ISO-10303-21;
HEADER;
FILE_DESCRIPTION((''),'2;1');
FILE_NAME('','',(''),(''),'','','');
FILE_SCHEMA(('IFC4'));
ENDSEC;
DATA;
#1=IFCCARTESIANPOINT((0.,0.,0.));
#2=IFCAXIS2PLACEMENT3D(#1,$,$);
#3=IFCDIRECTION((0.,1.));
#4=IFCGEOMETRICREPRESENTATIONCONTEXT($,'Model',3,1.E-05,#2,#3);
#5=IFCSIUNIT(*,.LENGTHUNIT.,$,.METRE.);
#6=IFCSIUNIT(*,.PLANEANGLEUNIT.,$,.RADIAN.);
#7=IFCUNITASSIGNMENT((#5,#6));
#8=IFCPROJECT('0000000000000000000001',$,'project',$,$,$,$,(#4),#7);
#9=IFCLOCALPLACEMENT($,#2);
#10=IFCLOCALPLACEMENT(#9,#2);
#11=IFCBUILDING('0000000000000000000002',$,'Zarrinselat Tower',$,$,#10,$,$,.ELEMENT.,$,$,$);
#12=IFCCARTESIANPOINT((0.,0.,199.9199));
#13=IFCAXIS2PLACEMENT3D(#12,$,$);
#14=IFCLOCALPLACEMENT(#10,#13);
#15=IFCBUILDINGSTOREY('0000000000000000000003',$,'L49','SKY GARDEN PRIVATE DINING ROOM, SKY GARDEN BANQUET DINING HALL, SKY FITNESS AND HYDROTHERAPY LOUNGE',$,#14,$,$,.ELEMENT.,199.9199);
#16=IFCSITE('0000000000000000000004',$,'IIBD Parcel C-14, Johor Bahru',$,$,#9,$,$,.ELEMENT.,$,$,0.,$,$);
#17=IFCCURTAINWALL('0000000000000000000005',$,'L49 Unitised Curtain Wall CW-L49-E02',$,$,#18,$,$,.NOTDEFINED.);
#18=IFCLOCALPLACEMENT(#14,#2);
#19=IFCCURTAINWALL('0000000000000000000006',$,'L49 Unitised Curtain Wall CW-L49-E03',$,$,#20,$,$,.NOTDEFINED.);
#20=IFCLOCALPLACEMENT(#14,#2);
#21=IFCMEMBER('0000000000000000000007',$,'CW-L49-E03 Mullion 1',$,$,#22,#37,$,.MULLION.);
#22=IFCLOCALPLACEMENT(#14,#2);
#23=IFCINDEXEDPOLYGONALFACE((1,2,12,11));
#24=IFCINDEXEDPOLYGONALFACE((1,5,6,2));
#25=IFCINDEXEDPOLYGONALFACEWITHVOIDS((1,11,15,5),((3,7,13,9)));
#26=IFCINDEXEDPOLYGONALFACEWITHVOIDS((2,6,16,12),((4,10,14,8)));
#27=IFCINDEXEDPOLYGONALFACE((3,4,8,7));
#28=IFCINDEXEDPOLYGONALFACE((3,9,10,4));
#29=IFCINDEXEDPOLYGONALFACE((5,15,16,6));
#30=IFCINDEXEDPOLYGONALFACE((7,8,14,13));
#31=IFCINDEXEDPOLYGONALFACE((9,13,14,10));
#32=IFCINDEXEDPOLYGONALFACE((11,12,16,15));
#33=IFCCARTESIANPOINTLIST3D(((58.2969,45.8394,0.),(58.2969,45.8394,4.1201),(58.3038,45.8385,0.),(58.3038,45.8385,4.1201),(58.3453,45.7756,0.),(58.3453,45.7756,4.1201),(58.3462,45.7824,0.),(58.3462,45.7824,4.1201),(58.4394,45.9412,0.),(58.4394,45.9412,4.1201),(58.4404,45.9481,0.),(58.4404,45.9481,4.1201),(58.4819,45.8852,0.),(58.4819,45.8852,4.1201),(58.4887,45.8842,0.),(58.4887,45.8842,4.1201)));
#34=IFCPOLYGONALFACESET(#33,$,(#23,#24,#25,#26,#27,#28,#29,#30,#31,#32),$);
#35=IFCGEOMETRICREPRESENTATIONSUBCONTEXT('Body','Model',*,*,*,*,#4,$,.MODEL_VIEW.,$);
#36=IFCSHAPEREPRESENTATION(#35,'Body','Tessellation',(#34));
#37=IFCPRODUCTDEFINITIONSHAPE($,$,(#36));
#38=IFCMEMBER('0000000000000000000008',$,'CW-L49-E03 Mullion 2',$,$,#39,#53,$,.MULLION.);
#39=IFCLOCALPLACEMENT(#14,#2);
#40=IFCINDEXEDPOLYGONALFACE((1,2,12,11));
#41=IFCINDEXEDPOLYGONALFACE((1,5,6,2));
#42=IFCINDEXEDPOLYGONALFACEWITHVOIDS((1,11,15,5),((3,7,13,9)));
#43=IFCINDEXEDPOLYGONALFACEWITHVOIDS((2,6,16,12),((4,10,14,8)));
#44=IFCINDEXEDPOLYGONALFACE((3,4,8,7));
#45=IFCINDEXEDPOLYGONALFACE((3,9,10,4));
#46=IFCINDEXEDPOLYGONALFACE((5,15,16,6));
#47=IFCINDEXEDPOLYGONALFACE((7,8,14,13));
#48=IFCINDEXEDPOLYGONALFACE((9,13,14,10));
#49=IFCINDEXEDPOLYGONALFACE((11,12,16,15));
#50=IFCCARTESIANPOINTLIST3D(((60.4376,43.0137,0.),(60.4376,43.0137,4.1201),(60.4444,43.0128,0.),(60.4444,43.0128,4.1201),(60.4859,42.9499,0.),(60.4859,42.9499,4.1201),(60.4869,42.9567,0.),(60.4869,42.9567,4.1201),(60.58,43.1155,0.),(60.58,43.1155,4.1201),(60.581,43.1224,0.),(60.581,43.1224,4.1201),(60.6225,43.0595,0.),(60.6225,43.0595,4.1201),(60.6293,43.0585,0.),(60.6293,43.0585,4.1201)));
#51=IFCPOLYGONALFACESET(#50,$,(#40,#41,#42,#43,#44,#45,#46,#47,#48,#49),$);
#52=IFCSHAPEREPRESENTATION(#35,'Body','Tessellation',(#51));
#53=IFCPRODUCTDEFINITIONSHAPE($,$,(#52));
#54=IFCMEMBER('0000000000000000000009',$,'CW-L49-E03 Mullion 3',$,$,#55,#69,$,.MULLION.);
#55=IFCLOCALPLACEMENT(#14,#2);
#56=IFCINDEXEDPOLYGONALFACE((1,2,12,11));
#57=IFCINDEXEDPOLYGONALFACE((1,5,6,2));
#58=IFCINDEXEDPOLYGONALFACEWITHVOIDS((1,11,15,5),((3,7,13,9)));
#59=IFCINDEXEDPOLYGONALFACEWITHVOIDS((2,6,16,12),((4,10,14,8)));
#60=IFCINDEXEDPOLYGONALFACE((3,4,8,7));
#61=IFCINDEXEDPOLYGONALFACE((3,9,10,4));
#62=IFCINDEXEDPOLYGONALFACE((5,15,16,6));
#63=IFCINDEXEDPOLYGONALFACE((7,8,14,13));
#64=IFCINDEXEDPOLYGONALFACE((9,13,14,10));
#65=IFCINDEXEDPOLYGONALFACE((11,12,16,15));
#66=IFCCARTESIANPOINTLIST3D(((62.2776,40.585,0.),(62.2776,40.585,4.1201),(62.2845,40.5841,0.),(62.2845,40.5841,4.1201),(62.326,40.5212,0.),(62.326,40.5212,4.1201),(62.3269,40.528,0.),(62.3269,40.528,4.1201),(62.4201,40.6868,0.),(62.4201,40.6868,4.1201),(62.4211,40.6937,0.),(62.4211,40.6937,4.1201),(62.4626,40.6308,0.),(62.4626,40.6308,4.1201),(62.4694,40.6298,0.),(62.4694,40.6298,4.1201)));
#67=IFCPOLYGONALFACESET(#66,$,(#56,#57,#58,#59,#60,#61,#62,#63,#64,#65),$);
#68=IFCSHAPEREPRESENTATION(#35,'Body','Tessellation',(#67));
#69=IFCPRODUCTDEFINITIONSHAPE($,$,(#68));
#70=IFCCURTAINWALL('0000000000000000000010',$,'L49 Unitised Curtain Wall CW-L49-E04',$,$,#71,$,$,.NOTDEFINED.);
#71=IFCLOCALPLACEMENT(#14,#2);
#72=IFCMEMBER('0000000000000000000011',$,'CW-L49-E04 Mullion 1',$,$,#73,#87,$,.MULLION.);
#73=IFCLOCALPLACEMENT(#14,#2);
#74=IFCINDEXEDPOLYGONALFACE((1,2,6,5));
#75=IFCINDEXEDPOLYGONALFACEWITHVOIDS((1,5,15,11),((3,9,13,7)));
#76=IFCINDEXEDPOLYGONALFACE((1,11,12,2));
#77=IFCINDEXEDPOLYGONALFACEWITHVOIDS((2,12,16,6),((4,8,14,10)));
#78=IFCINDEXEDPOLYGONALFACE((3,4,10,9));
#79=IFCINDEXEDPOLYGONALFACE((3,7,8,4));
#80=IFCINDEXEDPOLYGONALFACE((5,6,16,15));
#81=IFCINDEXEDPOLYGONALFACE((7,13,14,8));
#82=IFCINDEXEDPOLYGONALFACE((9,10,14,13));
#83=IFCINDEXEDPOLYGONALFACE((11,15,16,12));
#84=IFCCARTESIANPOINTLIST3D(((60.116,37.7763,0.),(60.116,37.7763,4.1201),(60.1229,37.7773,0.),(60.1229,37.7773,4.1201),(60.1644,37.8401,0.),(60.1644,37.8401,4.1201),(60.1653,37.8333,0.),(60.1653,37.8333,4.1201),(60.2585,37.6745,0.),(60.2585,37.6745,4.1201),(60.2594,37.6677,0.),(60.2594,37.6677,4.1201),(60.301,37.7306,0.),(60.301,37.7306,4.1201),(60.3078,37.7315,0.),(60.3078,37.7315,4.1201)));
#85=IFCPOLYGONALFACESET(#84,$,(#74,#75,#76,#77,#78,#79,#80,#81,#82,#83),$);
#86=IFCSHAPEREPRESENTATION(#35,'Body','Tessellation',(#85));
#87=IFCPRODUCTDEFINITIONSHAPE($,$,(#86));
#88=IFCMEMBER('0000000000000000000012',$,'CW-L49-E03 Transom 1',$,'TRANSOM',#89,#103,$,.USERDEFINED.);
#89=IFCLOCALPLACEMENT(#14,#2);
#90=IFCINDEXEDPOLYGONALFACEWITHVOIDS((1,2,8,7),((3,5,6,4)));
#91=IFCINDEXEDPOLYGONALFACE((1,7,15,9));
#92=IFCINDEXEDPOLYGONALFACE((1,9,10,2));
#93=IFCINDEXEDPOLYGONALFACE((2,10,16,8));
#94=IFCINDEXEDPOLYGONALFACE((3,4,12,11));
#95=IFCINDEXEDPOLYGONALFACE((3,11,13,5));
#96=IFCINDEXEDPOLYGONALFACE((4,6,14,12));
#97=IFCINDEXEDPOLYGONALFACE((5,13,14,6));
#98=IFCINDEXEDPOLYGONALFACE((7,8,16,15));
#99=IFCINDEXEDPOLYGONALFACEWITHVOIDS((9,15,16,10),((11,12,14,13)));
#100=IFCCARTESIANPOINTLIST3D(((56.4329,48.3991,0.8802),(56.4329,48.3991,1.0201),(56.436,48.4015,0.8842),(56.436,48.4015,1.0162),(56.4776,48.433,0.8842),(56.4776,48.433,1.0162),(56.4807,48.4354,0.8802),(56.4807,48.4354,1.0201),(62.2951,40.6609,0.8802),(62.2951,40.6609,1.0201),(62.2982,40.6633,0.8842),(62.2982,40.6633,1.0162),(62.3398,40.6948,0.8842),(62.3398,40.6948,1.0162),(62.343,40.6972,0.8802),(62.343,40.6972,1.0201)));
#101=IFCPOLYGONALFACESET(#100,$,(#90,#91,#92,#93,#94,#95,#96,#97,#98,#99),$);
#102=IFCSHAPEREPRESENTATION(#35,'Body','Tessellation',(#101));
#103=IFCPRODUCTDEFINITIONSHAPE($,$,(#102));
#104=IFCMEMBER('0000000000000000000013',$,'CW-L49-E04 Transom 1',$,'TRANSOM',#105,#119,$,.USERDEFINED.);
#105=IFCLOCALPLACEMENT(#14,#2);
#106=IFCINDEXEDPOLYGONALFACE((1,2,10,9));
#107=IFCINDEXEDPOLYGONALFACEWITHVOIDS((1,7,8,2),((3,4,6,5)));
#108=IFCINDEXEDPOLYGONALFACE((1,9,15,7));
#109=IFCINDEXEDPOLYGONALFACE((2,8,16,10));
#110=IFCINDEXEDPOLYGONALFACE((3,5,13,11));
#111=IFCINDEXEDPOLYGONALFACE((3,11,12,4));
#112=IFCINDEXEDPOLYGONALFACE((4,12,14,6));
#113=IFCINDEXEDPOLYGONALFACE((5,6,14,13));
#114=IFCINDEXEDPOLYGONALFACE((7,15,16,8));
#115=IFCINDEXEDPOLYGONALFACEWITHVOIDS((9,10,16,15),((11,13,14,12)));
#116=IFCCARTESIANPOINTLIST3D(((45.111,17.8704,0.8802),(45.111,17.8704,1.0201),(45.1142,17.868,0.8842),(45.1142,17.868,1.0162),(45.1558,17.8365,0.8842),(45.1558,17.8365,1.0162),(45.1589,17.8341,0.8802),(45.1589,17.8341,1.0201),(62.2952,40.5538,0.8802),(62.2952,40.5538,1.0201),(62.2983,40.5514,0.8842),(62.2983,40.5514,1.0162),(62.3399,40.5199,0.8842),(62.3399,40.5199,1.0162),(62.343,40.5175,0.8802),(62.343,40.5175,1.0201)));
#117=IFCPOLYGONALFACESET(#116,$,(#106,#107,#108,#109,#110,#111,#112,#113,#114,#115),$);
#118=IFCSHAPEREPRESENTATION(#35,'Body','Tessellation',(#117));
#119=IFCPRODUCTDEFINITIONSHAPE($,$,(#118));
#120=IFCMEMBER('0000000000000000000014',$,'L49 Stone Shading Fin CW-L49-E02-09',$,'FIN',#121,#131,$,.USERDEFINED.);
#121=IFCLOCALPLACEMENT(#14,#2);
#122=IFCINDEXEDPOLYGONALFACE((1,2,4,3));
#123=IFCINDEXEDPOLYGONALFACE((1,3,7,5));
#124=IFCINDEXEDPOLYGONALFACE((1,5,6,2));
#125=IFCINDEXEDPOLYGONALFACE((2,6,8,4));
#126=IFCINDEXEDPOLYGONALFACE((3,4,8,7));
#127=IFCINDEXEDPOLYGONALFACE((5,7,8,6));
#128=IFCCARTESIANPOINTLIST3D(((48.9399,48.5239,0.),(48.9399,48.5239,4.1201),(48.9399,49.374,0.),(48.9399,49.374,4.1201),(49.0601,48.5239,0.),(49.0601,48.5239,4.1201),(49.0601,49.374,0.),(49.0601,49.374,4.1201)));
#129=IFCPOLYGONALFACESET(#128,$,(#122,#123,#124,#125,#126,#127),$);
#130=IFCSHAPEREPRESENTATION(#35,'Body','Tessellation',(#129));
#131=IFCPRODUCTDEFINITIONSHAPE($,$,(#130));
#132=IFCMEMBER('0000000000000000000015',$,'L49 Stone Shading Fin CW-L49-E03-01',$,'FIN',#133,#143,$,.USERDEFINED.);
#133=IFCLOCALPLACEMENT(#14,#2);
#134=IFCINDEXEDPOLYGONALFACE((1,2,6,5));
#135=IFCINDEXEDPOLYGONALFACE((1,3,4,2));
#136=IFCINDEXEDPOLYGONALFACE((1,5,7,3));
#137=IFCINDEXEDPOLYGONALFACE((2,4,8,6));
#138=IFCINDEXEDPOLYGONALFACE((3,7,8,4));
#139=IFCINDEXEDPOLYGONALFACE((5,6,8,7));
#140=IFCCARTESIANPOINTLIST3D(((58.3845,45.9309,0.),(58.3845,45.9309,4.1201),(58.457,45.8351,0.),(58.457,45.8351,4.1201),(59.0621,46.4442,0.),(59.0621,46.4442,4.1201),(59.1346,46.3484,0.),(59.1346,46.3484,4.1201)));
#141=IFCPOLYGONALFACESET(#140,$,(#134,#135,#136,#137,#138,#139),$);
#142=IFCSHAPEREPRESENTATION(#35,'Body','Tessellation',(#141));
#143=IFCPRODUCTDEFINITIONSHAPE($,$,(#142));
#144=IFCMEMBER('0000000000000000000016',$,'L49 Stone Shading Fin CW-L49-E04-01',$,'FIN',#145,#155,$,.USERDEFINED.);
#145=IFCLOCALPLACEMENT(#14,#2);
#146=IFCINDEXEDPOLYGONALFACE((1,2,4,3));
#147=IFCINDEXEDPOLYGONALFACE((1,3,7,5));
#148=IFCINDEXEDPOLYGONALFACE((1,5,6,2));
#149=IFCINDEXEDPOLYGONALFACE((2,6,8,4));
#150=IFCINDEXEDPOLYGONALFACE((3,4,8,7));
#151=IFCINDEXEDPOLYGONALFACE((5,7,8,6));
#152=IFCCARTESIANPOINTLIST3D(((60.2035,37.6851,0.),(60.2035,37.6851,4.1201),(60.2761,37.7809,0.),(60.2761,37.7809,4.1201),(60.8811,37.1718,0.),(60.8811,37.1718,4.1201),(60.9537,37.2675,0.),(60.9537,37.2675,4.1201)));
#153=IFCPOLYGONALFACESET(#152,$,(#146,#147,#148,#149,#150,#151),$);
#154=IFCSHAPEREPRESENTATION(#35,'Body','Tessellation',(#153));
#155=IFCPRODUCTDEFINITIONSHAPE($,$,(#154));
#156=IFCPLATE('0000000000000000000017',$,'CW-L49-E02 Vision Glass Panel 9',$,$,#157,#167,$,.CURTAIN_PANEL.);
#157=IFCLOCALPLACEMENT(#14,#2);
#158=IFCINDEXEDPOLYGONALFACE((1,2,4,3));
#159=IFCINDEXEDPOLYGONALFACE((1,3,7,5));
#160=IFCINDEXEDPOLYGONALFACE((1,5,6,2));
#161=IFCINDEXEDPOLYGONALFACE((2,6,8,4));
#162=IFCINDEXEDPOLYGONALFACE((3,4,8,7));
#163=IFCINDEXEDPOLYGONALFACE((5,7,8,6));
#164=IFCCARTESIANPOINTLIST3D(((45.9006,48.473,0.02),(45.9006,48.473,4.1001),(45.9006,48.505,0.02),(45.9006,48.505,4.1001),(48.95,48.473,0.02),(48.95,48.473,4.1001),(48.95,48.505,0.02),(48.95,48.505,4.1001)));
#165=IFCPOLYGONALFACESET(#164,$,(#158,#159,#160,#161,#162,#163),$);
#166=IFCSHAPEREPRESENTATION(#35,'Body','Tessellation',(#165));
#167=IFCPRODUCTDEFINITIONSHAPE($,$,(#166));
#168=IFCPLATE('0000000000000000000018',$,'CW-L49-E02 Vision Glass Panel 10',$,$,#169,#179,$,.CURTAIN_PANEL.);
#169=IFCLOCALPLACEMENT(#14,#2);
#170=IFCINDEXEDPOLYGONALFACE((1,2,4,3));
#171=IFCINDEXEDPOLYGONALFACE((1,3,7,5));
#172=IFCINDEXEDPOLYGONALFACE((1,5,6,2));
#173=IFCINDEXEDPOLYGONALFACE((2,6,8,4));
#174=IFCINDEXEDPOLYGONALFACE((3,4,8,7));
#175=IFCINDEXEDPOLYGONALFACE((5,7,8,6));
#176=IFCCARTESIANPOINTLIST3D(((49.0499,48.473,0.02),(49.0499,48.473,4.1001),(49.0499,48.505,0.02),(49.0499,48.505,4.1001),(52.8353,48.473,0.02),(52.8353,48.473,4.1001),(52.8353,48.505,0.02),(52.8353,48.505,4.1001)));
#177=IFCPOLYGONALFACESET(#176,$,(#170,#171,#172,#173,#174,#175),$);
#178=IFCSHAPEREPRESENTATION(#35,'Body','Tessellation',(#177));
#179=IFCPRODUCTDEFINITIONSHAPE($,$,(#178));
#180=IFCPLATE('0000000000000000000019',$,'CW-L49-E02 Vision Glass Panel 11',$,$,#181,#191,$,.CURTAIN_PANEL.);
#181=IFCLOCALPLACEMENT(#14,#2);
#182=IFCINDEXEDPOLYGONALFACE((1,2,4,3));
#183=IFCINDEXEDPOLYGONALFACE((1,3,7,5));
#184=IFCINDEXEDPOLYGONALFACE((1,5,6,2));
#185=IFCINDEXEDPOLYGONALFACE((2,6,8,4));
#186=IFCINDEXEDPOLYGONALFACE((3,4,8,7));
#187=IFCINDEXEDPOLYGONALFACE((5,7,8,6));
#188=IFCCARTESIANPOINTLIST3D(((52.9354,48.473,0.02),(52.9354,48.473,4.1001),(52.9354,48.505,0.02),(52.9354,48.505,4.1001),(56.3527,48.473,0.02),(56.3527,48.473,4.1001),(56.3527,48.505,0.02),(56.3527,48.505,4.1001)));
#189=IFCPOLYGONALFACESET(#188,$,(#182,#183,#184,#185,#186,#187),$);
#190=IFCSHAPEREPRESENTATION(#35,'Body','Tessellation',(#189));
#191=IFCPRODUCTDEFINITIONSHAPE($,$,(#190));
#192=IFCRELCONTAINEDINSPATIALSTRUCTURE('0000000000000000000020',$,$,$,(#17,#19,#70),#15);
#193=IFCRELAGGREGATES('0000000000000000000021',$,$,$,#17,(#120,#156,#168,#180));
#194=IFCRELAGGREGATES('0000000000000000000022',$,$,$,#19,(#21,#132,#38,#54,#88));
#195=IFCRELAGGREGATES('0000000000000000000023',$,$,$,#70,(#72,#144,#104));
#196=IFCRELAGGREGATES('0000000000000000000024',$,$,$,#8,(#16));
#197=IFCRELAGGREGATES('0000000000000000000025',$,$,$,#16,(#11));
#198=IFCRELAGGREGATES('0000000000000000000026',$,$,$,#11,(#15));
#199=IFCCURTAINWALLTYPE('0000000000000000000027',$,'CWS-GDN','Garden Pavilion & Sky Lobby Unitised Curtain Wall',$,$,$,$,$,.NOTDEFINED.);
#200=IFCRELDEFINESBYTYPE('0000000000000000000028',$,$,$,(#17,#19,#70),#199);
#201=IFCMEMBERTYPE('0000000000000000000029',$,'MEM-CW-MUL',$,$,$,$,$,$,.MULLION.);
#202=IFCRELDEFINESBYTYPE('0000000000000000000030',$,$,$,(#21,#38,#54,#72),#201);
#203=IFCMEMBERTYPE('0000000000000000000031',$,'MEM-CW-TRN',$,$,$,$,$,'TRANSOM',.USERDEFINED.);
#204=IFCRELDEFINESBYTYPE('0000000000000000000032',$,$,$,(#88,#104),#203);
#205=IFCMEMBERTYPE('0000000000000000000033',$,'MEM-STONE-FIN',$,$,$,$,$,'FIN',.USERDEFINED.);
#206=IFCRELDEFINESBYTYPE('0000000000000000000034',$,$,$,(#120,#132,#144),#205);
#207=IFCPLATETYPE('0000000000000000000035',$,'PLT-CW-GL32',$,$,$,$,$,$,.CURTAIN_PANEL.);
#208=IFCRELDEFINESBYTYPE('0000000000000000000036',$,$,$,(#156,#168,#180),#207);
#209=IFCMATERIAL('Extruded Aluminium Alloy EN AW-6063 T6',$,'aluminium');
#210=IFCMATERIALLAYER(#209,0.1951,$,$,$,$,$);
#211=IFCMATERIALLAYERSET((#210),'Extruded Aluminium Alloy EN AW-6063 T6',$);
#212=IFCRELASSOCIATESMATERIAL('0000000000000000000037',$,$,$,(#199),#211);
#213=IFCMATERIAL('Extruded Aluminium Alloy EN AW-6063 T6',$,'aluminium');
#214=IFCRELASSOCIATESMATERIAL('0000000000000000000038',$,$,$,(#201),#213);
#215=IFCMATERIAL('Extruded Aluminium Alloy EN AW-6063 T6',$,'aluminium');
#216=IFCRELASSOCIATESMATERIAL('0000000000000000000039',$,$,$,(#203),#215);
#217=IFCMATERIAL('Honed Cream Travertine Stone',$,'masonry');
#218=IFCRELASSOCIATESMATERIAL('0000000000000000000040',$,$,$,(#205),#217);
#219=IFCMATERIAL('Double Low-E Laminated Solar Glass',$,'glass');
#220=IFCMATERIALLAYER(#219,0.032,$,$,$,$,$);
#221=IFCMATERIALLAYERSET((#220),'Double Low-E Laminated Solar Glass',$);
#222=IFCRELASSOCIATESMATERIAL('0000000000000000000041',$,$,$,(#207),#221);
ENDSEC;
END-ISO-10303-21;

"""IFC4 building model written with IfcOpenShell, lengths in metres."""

from ifc_helpers import new_model, si_unit, direction, frame, origin, origin_2d, place, context, subcontext, project, spatial, rectangle, hollow_rectangle, extrude, material, layer, layer_set, material_profile, profile_set, type_object, element, aggregate, save


model = new_model("IFC4")

# Units and contexts
model_context = context("Model", 3, precision=1e-05, world=origin(), true_north=direction((0.0, 1.0)))
body_context = subcontext(model_context, "Body", "Model", "MODEL_VIEW")
ifc_project = project(units=[si_unit("LENGTHUNIT", "METRE"), si_unit("PLANEANGLEUNIT", "RADIAN")], contexts=[model_context])

# Site, building, storey
site_placement = place(None, origin())
site = spatial("IfcSite", under=ifc_project, at=site_placement, Name="IIBD Parcel C-14, Johor Bahru", CompositionType="ELEMENT", RefElevation=0.0)
building_placement = place(site_placement, origin())
building = spatial("IfcBuilding", under=site, at=building_placement, Name="Zarrinselat Tower", CompositionType="ELEMENT")
storey_placement = place(building_placement, frame((0.0, 0.0, 199.9199)))
storey = spatial("IfcBuildingStorey", under=building, at=storey_placement, Name="L49", Description="SKY GARDEN PRIVATE DINING ROOM, SKY GARDEN BANQUET DINING HALL, SKY FITNESS AND HYDROTHERAPY LOUNGE", CompositionType="ELEMENT", Elevation=199.9199)

# Curtain walls, members
ifc_material_1 = material(Name="Extruded Aluminium Alloy EN AW-6063 T6", Category="aluminium")
ifc_layer_1 = layer(ifc_material_1, 0.1951)
ifc_layer_set_1 = layer_set([ifc_layer_1], Name="Extruded Aluminium Alloy EN AW-6063 T6")
curtain_wall_type = type_object("IfcCurtainWallType", Name="CWS-GDN", Description="Garden Pavilion & Sky Lobby Unitised Curtain Wall", PredefinedType="NOTDEFINED", material=ifc_layer_set_1)
curtain_wall_1_placement = place(storey_placement, origin())
curtain_wall_1 = element("IfcCurtainWall", 1, at=curtain_wall_1_placement, inside=storey, type_object=curtain_wall_type, Name="L49 Unitised Curtain Wall CW-L49-E02", PredefinedType="NOTDEFINED")
ifc_material_2 = material(Name="Extruded Aluminium Alloy EN AW-6063 T6", Category="aluminium")
ifc_material_profile_1 = material_profile(ifc_material_2, hollow_rectangle(XDim=0.0801, YDim=0.1799, WallThickness=0.0049, at=origin_2d()), Name="RHS 180x80x5")
ifc_profile_set_1 = profile_set([ifc_material_profile_1], Name="Extruded Aluminium Alloy EN AW-6063 T6")
member_type_1 = type_object("IfcMemberType", Name="MEM-CW-MUL", PredefinedType="MULLION", material=ifc_profile_set_1)
curtain_wall_2_placement = place(storey_placement, origin())
curtain_wall_2 = element("IfcCurtainWall", 2, at=curtain_wall_2_placement, inside=storey, type_object=curtain_wall_type, Name="L49 Unitised Curtain Wall CW-L49-E03", PredefinedType="NOTDEFINED")
member_1_placement = place(storey_placement, frame((58.3928, 45.8618, 0.0), z_axis=(0.0, 0.0, 1.0), x_axis=(0.603852, -0.797096, 0.0)))
member_1 = element("IfcMember", 3, at=member_1_placement, type_object=member_type_1, Name="CW-L49-E03 Mullion 1", PredefinedType="MULLION", context=body_context, shape_type="SweptSolid", body=[
    extrude(hollow_rectangle(XDim=0.0801, YDim=0.1799, WallThickness=0.0049, at=origin_2d()), origin(), (0.0, 0.0, 1.0), 4.1201),
])
member_2_placement = place(storey_placement, frame((60.5334, 43.0361, 0.0), z_axis=(0.0, 0.0, 1.0), x_axis=(0.603852, -0.797096, 0.0)))
member_2 = element("IfcMember", 4, at=member_2_placement, type_object=member_type_1, Name="CW-L49-E03 Mullion 2", PredefinedType="MULLION", context=body_context, shape_type="SweptSolid", body=[
    extrude(hollow_rectangle(XDim=0.0801, YDim=0.1799, WallThickness=0.0049, at=origin_2d()), origin(), (0.0, 0.0, 1.0), 4.1201),
])
member_3_placement = place(storey_placement, frame((62.3735, 40.6074, 0.0), z_axis=(0.0, 0.0, 1.0), x_axis=(0.603852, -0.797096, 0.0)))
member_3 = element("IfcMember", 5, at=member_3_placement, type_object=member_type_1, Name="CW-L49-E03 Mullion 3", PredefinedType="MULLION", context=body_context, shape_type="SweptSolid", body=[
    extrude(hollow_rectangle(XDim=0.0801, YDim=0.1799, WallThickness=0.0049, at=origin_2d()), origin(), (0.0, 0.0, 1.0), 4.1201),
])

# Curtain wall, member
curtain_wall_3_placement = place(storey_placement, origin())
curtain_wall_3 = element("IfcCurtainWall", 6, at=curtain_wall_3_placement, inside=storey, type_object=curtain_wall_type, Name="L49 Unitised Curtain Wall CW-L49-E04", PredefinedType="NOTDEFINED")
member_4_placement = place(storey_placement, frame((60.2119, 37.7539, 0.0), z_axis=(0.0, 0.0, 1.0), x_axis=(-0.603858, -0.797092, 0.0)))
member_4 = element("IfcMember", 7, at=member_4_placement, type_object=member_type_1, Name="CW-L49-E04 Mullion 1", PredefinedType="MULLION", context=body_context, shape_type="SweptSolid", body=[
    extrude(hollow_rectangle(XDim=0.0801, YDim=0.1799, WallThickness=0.0049, at=origin_2d()), origin(), (0.0, 0.0, 1.0), 4.1201),
])

# Members
ifc_material_3 = material(Name="Extruded Aluminium Alloy EN AW-6063 T6", Category="aluminium")
ifc_material_profile_2 = material_profile(ifc_material_3, hollow_rectangle(XDim=0.0601, YDim=0.1399, WallThickness=0.0039, at=origin_2d()), Name="RHS 140x60x4")
ifc_profile_set_2 = profile_set([ifc_material_profile_2], Name="Extruded Aluminium Alloy EN AW-6063 T6")
member_type_2 = type_object("IfcMemberType", Name="MEM-CW-TRN", ElementType="TRANSOM", PredefinedType="USERDEFINED", material=ifc_profile_set_2)
member_5_placement = place(storey_placement, frame((56.4568, 48.4172, 0.9502), z_axis=(0.603856, -0.797094, 0.0), x_axis=(0.797094, 0.603856, 0.0)))
member_5 = element("IfcMember", 8, at=member_5_placement, type_object=member_type_2, Name="CW-L49-E03 Transom 1", ObjectType="TRANSOM", PredefinedType="USERDEFINED", context=body_context, shape_type="SweptSolid", body=[
    extrude(hollow_rectangle(XDim=0.0601, YDim=0.1399, WallThickness=0.0039, at=origin_2d()), origin(), (0.0, 0.0, 1.0), 9.708),
])
member_6_placement = place(storey_placement, frame((62.3191, 40.5356, 0.9502), z_axis=(-0.603852, -0.797097, 0.0), x_axis=(0.797097, -0.603852, 0.0)))
member_6 = element("IfcMember", 9, at=member_6_placement, type_object=member_type_2, Name="CW-L49-E04 Transom 1", ObjectType="TRANSOM", PredefinedType="USERDEFINED", context=body_context, shape_type="SweptSolid", body=[
    extrude(hollow_rectangle(XDim=0.0601, YDim=0.1399, WallThickness=0.0039, at=origin_2d()), origin(), (0.0, 0.0, 1.0), 28.4575),
])
ifc_material_4 = material(Name="Honed Cream Travertine Stone", Category="masonry")
ifc_material_profile_3 = material_profile(ifc_material_4, rectangle(XDim=0.1201, YDim=0.8501, at=origin_2d()), Name="FIN 850x120")
ifc_profile_set_3 = profile_set([ifc_material_profile_3], Name="Honed Cream Travertine Stone")
member_type_3 = type_object("IfcMemberType", Name="MEM-STONE-FIN", ElementType="FIN", PredefinedType="USERDEFINED", material=ifc_profile_set_3)
member_7_placement = place(storey_placement, frame((49.0, 48.949, 0.0), z_axis=(0.0, 0.0, 1.0), x_axis=(1.0, 0.0, 0.0)))
member_7 = element("IfcMember", 10, at=member_7_placement, type_object=member_type_3, Name="L49 Stone Shading Fin CW-L49-E02-09", ObjectType="FIN", PredefinedType="USERDEFINED", context=body_context, shape_type="SweptSolid", body=[
    extrude(rectangle(XDim=0.1201, YDim=0.8501, at=origin_2d()), origin(), (0.0, 0.0, 1.0), 4.1201),
])
member_8_placement = place(storey_placement, frame((58.7595, 46.1396, 0.0), z_axis=(0.0, 0.0, 1.0), x_axis=(0.603852, -0.797096, 0.0)))
member_8 = element("IfcMember", 11, at=member_8_placement, type_object=member_type_3, Name="L49 Stone Shading Fin CW-L49-E03-01", ObjectType="FIN", PredefinedType="USERDEFINED", context=body_context, shape_type="SweptSolid", body=[
    extrude(rectangle(XDim=0.1201, YDim=0.8501, at=origin_2d()), origin(), (0.0, 0.0, 1.0), 4.1201),
])
member_9_placement = place(storey_placement, frame((60.5786, 37.4763, 0.0), z_axis=(0.0, 0.0, 1.0), x_axis=(-0.603858, -0.797092, 0.0)))
member_9 = element("IfcMember", 12, at=member_9_placement, type_object=member_type_3, Name="L49 Stone Shading Fin CW-L49-E04-01", ObjectType="FIN", PredefinedType="USERDEFINED", context=body_context, shape_type="SweptSolid", body=[
    extrude(rectangle(XDim=0.1201, YDim=0.8501, at=origin_2d()), origin(), (0.0, 0.0, 1.0), 4.1201),
])

# Plates
ifc_material_5 = material(Name="Double Low-E Laminated Solar Glass", Category="glass")
ifc_layer_2 = layer(ifc_material_5, 0.032)
ifc_layer_set_2 = layer_set([ifc_layer_2], Name="Double Low-E Laminated Solar Glass")
plate_type = type_object("IfcPlateType", Name="PLT-CW-GL32", PredefinedType="CURTAIN_PANEL", material=ifc_layer_set_2)
plate_1_placement = place(storey_placement, frame((47.4253, 48.489, 0.02), z_axis=(0.0, 0.0, 1.0), x_axis=(1.0, 0.0, 0.0)))
plate_1 = element("IfcPlate", 13, at=plate_1_placement, type_object=plate_type, Name="CW-L49-E02 Vision Glass Panel 9", PredefinedType="CURTAIN_PANEL", context=body_context, shape_type="SweptSolid", body=[
    extrude(rectangle(XDim=3.0493, YDim=0.032, at=origin_2d()), origin(), (0.0, 0.0, 1.0), 4.0801),
])
plate_2_placement = place(storey_placement, frame((50.9426, 48.489, 0.02), z_axis=(0.0, 0.0, 1.0), x_axis=(1.0, 0.0, 0.0)))
plate_2 = element("IfcPlate", 14, at=plate_2_placement, type_object=plate_type, Name="CW-L49-E02 Vision Glass Panel 10", PredefinedType="CURTAIN_PANEL", context=body_context, shape_type="SweptSolid", body=[
    extrude(rectangle(XDim=3.7854, YDim=0.032, at=origin_2d()), origin(), (0.0, 0.0, 1.0), 4.0801),
])
plate_3_placement = place(storey_placement, frame((54.644, 48.489, 0.02), z_axis=(0.0, 0.0, 1.0), x_axis=(1.0, 0.0, 0.0)))
plate_3 = element("IfcPlate", 15, at=plate_3_placement, type_object=plate_type, Name="CW-L49-E02 Vision Glass Panel 11", PredefinedType="CURTAIN_PANEL", context=body_context, shape_type="SweptSolid", body=[
    extrude(rectangle(XDim=3.4172, YDim=0.032, at=origin_2d()), origin(), (0.0, 0.0, 1.0), 4.0801),
])
aggregate(curtain_wall_1, [member_7, plate_1, plate_2, plate_3])
aggregate(curtain_wall_2, [member_1, member_8, member_2, member_3, member_5])
aggregate(curtain_wall_3, [member_4, member_9, member_6])

save(model, "model.ifc")
